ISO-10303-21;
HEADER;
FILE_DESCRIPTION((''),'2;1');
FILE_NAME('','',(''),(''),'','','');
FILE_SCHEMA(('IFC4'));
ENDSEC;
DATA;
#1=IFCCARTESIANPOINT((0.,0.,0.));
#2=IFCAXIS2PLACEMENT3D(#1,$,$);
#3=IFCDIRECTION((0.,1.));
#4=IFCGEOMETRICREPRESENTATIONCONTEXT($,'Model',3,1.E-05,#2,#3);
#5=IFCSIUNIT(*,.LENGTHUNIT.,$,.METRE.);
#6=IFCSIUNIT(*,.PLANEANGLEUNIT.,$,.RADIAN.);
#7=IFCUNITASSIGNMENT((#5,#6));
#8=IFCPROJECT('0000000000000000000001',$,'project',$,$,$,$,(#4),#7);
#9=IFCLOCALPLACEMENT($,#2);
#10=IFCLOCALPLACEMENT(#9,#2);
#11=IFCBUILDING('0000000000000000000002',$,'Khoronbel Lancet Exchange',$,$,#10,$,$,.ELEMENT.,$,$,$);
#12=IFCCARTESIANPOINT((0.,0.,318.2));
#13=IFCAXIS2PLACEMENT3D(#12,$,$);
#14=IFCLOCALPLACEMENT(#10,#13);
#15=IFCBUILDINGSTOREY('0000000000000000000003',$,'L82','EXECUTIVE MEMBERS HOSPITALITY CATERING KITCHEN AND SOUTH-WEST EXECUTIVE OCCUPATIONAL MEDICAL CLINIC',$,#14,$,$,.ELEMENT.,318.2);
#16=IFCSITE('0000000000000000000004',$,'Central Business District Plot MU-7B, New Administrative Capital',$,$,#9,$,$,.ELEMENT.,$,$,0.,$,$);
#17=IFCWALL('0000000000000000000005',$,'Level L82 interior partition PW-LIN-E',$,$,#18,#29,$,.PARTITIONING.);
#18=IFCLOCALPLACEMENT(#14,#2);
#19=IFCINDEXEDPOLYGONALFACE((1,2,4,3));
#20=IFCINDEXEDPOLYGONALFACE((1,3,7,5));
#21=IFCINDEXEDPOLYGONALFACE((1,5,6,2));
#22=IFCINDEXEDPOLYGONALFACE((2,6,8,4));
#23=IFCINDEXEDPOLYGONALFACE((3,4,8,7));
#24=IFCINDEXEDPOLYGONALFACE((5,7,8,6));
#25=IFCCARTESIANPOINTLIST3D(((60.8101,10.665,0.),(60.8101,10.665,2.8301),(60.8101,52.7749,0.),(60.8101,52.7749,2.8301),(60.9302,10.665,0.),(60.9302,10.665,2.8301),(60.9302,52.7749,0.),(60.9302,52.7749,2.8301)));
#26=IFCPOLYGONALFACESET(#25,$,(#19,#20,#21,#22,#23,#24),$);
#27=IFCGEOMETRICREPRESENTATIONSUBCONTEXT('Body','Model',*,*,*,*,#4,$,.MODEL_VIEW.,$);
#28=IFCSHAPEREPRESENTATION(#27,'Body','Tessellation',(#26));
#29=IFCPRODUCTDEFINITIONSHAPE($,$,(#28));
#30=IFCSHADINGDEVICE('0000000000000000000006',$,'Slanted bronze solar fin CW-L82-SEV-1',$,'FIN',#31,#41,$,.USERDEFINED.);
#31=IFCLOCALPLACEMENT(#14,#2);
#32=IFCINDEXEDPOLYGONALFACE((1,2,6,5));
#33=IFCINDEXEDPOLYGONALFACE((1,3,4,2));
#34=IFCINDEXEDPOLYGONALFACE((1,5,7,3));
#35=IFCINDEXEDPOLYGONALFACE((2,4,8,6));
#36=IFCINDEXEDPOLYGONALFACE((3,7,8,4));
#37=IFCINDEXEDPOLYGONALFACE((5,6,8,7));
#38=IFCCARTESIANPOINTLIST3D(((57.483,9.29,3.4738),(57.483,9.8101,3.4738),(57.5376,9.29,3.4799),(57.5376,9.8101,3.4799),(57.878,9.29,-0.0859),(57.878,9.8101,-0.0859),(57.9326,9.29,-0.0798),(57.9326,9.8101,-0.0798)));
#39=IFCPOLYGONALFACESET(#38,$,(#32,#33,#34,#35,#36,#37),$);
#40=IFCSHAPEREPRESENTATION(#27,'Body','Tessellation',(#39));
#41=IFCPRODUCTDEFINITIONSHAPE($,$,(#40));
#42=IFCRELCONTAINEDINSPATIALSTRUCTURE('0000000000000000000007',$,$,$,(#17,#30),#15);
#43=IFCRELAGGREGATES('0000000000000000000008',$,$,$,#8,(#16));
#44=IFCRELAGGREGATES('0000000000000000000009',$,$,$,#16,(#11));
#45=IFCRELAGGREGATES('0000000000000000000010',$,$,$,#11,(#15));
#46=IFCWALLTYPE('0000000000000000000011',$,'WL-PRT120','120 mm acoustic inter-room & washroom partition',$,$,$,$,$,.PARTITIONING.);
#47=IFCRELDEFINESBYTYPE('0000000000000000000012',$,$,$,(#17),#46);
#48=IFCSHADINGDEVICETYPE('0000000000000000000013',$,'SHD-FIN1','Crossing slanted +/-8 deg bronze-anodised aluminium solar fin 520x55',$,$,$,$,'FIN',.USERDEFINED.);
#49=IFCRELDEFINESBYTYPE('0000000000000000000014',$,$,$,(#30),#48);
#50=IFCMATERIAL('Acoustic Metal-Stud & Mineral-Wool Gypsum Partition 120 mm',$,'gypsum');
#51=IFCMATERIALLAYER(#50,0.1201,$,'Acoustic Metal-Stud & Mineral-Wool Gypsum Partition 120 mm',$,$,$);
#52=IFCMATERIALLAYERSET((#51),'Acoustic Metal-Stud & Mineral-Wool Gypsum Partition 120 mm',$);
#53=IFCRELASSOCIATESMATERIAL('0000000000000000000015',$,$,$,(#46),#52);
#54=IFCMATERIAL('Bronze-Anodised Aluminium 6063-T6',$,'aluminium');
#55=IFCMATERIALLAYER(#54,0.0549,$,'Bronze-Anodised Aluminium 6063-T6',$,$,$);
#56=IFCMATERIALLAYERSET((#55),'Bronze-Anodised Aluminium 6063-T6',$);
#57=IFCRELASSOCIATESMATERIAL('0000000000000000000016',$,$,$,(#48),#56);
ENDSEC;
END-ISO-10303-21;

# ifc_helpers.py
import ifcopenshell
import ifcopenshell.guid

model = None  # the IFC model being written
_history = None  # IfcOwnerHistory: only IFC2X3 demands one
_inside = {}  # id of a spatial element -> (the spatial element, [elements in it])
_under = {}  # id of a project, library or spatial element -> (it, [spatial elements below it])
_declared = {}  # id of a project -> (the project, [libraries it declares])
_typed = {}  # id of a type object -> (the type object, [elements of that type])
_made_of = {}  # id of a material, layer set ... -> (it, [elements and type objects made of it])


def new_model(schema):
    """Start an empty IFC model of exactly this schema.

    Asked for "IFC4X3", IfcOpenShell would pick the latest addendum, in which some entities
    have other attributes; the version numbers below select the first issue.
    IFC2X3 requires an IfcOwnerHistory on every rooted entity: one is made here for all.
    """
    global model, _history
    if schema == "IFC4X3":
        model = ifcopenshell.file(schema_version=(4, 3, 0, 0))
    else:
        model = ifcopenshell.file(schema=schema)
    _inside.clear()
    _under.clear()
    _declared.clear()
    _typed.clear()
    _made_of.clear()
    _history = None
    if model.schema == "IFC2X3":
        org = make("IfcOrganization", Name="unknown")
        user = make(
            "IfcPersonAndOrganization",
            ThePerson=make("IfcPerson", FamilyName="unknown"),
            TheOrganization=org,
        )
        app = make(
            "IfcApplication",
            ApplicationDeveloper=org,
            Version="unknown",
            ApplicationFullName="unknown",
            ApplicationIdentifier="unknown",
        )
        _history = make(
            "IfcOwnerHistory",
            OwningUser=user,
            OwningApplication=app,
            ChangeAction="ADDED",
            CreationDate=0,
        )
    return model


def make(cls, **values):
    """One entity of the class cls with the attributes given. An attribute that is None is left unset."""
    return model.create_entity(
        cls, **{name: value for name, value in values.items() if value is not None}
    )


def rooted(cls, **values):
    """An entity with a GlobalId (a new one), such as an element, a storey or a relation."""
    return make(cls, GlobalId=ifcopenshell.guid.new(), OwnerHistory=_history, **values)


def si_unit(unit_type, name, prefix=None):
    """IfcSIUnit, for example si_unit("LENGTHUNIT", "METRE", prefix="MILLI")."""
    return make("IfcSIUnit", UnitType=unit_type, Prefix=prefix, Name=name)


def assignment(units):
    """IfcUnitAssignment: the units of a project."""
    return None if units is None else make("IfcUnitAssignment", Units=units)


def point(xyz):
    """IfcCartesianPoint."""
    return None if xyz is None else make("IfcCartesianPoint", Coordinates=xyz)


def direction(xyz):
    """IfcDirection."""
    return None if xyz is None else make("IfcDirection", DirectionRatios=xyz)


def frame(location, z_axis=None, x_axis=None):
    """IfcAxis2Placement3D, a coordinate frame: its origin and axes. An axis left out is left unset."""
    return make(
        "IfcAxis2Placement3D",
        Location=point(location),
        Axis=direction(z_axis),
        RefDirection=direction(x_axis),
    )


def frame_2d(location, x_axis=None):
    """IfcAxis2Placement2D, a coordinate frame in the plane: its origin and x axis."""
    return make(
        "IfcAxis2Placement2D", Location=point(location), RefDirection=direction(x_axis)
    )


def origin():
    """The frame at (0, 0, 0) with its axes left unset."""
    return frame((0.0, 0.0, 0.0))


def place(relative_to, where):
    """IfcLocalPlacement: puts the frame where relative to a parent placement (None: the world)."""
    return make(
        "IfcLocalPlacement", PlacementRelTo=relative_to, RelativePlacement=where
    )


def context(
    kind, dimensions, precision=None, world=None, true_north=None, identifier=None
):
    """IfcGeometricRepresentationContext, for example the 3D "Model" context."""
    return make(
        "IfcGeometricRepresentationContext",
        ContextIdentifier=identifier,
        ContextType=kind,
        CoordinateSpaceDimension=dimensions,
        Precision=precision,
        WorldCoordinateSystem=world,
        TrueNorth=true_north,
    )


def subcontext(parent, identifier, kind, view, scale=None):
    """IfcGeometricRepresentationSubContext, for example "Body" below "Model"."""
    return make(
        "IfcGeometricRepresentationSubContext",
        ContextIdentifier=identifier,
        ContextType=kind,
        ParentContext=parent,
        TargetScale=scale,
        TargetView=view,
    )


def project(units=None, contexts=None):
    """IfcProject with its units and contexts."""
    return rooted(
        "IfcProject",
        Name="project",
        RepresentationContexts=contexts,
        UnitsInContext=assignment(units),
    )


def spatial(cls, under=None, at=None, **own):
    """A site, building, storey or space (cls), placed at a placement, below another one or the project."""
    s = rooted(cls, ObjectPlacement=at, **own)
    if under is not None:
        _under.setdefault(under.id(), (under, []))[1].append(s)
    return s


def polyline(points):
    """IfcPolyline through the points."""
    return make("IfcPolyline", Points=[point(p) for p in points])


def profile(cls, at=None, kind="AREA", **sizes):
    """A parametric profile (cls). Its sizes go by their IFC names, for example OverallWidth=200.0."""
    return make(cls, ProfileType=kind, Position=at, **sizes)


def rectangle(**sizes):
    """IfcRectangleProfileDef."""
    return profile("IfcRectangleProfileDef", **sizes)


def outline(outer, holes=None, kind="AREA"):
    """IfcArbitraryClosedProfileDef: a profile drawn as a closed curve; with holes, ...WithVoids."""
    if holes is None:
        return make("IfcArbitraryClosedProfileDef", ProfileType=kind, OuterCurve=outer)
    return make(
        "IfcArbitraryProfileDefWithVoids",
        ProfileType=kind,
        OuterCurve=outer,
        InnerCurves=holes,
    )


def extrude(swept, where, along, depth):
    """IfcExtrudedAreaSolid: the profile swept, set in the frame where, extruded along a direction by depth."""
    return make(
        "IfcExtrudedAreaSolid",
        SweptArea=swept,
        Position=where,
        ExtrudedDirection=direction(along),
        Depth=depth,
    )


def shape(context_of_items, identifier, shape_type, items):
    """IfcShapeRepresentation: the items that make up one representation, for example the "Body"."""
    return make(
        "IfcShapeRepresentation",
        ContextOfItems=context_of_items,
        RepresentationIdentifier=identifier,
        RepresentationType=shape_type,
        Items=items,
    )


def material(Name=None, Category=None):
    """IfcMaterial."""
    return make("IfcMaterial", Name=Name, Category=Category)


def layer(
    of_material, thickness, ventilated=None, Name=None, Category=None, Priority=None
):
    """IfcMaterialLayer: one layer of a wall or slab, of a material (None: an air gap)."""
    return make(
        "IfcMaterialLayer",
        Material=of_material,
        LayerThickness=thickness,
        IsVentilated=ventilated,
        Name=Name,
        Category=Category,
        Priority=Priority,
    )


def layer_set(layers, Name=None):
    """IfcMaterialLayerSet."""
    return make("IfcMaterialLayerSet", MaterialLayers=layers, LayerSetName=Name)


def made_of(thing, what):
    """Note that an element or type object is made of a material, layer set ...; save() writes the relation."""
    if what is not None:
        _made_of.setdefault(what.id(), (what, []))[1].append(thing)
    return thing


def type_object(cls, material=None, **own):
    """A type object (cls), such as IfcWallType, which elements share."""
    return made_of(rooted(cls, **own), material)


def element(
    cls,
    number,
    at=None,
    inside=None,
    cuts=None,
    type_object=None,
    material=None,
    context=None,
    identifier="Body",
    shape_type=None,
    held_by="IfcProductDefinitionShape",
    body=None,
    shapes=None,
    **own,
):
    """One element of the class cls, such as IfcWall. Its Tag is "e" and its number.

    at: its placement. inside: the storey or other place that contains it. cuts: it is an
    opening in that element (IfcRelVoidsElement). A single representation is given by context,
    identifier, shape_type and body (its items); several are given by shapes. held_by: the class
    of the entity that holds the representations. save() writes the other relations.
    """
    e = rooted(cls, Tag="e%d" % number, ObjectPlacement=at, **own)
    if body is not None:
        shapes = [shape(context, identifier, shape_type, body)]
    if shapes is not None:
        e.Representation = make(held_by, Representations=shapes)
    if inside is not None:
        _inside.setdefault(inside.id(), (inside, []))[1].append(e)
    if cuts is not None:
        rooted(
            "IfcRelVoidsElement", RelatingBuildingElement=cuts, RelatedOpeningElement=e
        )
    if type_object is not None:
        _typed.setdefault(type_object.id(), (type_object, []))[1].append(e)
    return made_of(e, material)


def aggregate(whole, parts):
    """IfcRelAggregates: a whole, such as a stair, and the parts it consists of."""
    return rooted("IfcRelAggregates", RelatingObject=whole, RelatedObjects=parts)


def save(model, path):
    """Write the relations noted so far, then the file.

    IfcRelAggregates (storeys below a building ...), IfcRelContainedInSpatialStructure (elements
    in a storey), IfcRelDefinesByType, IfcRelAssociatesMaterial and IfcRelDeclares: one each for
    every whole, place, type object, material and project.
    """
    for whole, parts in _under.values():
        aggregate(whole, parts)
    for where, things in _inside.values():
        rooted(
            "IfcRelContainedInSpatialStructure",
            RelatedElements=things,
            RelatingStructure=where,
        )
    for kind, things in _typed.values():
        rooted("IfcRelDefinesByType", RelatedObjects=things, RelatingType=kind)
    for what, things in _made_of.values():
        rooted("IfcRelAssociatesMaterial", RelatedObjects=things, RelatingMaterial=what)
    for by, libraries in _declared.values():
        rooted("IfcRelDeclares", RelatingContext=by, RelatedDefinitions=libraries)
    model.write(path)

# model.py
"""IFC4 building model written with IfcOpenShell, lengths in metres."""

from ifc_helpers import new_model, si_unit, direction, frame, frame_2d, origin, place, context, subcontext, project, spatial, polyline, rectangle, outline, extrude, material, layer, layer_set, type_object, element, save


model = new_model("IFC4")

# Units and contexts
model_context = context("Model", 3, precision=1e-05, world=origin(), true_north=direction((0.0, 1.0)))
body_context = subcontext(model_context, "Body", "Model", "MODEL_VIEW")
ifc_project = project(units=[si_unit("LENGTHUNIT", "METRE"), si_unit("PLANEANGLEUNIT", "RADIAN")], contexts=[model_context])

# Site, building, storey
site_placement = place(None, origin())
site = spatial("IfcSite", under=ifc_project, at=site_placement, Name="Central Business District Plot MU-7B, New Administrative Capital", CompositionType="ELEMENT", RefElevation=0.0)
building_placement = place(site_placement, origin())
building = spatial("IfcBuilding", under=site, at=building_placement, Name="Khoronbel Lancet Exchange", CompositionType="ELEMENT")
storey_placement = place(building_placement, frame((0.0, 0.0, 318.2)))
storey = spatial("IfcBuildingStorey", under=building, at=storey_placement, Name="L82", Description="EXECUTIVE MEMBERS HOSPITALITY CATERING KITCHEN AND SOUTH-WEST EXECUTIVE OCCUPATIONAL MEDICAL CLINIC", CompositionType="ELEMENT", Elevation=318.2)

# Shared definitions
ifc_material_1 = material(Name="Bronze-Anodised Aluminium 6063-T6", Category="aluminium")

# Wall
ifc_material_2 = material(Name="Acoustic Metal-Stud & Mineral-Wool Gypsum Partition 120 mm", Category="gypsum")
ifc_layer_1 = layer(ifc_material_2, 0.1201, Name="Acoustic Metal-Stud & Mineral-Wool Gypsum Partition 120 mm")
ifc_layer_set_1 = layer_set([ifc_layer_1], Name="Acoustic Metal-Stud & Mineral-Wool Gypsum Partition 120 mm")
wall_type_1 = type_object("IfcWallType", Name="WL-PRT120", Description="120 mm acoustic inter-room & washroom partition", PredefinedType="PARTITIONING", material=ifc_layer_set_1)
wall_1_placement = place(storey_placement, frame((60.8701, 10.665, 0.0), z_axis=(0.0, 0.0, 1.0), x_axis=(0.0, 1.0, 0.0)))
element("IfcWall", 1, at=wall_1_placement, inside=storey, type_object=wall_type_1, Name="Level L82 interior partition PW-LIN-E", PredefinedType="PARTITIONING", context=body_context, shape_type="SweptSolid", body=[
    extrude(rectangle(XDim=42.1099, YDim=0.1201, at=frame_2d((21.0549, 0.0))), origin(), (0.0, 0.0, 1.0), 2.8301),
])

# Shading device
ifc_layer_2 = layer(ifc_material_1, 0.0549, Name="Bronze-Anodised Aluminium 6063-T6")
ifc_layer_set_2 = layer_set([ifc_layer_2], Name="Bronze-Anodised Aluminium 6063-T6")
shading_device_type = type_object("IfcShadingDeviceType", Name="SHD-FIN1", Description="Crossing slanted +/-8 deg bronze-anodised aluminium solar fin 520x55", ElementType="FIN", PredefinedType="USERDEFINED", material=ifc_layer_set_2)
shading_device_placement = place(storey_placement, frame((57.9326, 9.8101, -0.0798), z_axis=(0.9939, 0.0, 0.110289), x_axis=(0.0, -1.0, 0.0)))
element("IfcShadingDevice", 2, at=shading_device_placement, inside=storey, type_object=shading_device_type, Name="Slanted bronze solar fin CW-L82-SEV-1", ObjectType="FIN", PredefinedType="USERDEFINED", context=body_context, shape_type="SweptSolid", body=[
    extrude(outline(polyline([(0.0, 0.0), (0.52, 0.0), (0.52, -3.5815), (0.0, -3.5815), (0.0, 0.0)])), origin(), (0.0, 0.0, -1.0), 0.0549),
])

save(model, "model.ifc")
